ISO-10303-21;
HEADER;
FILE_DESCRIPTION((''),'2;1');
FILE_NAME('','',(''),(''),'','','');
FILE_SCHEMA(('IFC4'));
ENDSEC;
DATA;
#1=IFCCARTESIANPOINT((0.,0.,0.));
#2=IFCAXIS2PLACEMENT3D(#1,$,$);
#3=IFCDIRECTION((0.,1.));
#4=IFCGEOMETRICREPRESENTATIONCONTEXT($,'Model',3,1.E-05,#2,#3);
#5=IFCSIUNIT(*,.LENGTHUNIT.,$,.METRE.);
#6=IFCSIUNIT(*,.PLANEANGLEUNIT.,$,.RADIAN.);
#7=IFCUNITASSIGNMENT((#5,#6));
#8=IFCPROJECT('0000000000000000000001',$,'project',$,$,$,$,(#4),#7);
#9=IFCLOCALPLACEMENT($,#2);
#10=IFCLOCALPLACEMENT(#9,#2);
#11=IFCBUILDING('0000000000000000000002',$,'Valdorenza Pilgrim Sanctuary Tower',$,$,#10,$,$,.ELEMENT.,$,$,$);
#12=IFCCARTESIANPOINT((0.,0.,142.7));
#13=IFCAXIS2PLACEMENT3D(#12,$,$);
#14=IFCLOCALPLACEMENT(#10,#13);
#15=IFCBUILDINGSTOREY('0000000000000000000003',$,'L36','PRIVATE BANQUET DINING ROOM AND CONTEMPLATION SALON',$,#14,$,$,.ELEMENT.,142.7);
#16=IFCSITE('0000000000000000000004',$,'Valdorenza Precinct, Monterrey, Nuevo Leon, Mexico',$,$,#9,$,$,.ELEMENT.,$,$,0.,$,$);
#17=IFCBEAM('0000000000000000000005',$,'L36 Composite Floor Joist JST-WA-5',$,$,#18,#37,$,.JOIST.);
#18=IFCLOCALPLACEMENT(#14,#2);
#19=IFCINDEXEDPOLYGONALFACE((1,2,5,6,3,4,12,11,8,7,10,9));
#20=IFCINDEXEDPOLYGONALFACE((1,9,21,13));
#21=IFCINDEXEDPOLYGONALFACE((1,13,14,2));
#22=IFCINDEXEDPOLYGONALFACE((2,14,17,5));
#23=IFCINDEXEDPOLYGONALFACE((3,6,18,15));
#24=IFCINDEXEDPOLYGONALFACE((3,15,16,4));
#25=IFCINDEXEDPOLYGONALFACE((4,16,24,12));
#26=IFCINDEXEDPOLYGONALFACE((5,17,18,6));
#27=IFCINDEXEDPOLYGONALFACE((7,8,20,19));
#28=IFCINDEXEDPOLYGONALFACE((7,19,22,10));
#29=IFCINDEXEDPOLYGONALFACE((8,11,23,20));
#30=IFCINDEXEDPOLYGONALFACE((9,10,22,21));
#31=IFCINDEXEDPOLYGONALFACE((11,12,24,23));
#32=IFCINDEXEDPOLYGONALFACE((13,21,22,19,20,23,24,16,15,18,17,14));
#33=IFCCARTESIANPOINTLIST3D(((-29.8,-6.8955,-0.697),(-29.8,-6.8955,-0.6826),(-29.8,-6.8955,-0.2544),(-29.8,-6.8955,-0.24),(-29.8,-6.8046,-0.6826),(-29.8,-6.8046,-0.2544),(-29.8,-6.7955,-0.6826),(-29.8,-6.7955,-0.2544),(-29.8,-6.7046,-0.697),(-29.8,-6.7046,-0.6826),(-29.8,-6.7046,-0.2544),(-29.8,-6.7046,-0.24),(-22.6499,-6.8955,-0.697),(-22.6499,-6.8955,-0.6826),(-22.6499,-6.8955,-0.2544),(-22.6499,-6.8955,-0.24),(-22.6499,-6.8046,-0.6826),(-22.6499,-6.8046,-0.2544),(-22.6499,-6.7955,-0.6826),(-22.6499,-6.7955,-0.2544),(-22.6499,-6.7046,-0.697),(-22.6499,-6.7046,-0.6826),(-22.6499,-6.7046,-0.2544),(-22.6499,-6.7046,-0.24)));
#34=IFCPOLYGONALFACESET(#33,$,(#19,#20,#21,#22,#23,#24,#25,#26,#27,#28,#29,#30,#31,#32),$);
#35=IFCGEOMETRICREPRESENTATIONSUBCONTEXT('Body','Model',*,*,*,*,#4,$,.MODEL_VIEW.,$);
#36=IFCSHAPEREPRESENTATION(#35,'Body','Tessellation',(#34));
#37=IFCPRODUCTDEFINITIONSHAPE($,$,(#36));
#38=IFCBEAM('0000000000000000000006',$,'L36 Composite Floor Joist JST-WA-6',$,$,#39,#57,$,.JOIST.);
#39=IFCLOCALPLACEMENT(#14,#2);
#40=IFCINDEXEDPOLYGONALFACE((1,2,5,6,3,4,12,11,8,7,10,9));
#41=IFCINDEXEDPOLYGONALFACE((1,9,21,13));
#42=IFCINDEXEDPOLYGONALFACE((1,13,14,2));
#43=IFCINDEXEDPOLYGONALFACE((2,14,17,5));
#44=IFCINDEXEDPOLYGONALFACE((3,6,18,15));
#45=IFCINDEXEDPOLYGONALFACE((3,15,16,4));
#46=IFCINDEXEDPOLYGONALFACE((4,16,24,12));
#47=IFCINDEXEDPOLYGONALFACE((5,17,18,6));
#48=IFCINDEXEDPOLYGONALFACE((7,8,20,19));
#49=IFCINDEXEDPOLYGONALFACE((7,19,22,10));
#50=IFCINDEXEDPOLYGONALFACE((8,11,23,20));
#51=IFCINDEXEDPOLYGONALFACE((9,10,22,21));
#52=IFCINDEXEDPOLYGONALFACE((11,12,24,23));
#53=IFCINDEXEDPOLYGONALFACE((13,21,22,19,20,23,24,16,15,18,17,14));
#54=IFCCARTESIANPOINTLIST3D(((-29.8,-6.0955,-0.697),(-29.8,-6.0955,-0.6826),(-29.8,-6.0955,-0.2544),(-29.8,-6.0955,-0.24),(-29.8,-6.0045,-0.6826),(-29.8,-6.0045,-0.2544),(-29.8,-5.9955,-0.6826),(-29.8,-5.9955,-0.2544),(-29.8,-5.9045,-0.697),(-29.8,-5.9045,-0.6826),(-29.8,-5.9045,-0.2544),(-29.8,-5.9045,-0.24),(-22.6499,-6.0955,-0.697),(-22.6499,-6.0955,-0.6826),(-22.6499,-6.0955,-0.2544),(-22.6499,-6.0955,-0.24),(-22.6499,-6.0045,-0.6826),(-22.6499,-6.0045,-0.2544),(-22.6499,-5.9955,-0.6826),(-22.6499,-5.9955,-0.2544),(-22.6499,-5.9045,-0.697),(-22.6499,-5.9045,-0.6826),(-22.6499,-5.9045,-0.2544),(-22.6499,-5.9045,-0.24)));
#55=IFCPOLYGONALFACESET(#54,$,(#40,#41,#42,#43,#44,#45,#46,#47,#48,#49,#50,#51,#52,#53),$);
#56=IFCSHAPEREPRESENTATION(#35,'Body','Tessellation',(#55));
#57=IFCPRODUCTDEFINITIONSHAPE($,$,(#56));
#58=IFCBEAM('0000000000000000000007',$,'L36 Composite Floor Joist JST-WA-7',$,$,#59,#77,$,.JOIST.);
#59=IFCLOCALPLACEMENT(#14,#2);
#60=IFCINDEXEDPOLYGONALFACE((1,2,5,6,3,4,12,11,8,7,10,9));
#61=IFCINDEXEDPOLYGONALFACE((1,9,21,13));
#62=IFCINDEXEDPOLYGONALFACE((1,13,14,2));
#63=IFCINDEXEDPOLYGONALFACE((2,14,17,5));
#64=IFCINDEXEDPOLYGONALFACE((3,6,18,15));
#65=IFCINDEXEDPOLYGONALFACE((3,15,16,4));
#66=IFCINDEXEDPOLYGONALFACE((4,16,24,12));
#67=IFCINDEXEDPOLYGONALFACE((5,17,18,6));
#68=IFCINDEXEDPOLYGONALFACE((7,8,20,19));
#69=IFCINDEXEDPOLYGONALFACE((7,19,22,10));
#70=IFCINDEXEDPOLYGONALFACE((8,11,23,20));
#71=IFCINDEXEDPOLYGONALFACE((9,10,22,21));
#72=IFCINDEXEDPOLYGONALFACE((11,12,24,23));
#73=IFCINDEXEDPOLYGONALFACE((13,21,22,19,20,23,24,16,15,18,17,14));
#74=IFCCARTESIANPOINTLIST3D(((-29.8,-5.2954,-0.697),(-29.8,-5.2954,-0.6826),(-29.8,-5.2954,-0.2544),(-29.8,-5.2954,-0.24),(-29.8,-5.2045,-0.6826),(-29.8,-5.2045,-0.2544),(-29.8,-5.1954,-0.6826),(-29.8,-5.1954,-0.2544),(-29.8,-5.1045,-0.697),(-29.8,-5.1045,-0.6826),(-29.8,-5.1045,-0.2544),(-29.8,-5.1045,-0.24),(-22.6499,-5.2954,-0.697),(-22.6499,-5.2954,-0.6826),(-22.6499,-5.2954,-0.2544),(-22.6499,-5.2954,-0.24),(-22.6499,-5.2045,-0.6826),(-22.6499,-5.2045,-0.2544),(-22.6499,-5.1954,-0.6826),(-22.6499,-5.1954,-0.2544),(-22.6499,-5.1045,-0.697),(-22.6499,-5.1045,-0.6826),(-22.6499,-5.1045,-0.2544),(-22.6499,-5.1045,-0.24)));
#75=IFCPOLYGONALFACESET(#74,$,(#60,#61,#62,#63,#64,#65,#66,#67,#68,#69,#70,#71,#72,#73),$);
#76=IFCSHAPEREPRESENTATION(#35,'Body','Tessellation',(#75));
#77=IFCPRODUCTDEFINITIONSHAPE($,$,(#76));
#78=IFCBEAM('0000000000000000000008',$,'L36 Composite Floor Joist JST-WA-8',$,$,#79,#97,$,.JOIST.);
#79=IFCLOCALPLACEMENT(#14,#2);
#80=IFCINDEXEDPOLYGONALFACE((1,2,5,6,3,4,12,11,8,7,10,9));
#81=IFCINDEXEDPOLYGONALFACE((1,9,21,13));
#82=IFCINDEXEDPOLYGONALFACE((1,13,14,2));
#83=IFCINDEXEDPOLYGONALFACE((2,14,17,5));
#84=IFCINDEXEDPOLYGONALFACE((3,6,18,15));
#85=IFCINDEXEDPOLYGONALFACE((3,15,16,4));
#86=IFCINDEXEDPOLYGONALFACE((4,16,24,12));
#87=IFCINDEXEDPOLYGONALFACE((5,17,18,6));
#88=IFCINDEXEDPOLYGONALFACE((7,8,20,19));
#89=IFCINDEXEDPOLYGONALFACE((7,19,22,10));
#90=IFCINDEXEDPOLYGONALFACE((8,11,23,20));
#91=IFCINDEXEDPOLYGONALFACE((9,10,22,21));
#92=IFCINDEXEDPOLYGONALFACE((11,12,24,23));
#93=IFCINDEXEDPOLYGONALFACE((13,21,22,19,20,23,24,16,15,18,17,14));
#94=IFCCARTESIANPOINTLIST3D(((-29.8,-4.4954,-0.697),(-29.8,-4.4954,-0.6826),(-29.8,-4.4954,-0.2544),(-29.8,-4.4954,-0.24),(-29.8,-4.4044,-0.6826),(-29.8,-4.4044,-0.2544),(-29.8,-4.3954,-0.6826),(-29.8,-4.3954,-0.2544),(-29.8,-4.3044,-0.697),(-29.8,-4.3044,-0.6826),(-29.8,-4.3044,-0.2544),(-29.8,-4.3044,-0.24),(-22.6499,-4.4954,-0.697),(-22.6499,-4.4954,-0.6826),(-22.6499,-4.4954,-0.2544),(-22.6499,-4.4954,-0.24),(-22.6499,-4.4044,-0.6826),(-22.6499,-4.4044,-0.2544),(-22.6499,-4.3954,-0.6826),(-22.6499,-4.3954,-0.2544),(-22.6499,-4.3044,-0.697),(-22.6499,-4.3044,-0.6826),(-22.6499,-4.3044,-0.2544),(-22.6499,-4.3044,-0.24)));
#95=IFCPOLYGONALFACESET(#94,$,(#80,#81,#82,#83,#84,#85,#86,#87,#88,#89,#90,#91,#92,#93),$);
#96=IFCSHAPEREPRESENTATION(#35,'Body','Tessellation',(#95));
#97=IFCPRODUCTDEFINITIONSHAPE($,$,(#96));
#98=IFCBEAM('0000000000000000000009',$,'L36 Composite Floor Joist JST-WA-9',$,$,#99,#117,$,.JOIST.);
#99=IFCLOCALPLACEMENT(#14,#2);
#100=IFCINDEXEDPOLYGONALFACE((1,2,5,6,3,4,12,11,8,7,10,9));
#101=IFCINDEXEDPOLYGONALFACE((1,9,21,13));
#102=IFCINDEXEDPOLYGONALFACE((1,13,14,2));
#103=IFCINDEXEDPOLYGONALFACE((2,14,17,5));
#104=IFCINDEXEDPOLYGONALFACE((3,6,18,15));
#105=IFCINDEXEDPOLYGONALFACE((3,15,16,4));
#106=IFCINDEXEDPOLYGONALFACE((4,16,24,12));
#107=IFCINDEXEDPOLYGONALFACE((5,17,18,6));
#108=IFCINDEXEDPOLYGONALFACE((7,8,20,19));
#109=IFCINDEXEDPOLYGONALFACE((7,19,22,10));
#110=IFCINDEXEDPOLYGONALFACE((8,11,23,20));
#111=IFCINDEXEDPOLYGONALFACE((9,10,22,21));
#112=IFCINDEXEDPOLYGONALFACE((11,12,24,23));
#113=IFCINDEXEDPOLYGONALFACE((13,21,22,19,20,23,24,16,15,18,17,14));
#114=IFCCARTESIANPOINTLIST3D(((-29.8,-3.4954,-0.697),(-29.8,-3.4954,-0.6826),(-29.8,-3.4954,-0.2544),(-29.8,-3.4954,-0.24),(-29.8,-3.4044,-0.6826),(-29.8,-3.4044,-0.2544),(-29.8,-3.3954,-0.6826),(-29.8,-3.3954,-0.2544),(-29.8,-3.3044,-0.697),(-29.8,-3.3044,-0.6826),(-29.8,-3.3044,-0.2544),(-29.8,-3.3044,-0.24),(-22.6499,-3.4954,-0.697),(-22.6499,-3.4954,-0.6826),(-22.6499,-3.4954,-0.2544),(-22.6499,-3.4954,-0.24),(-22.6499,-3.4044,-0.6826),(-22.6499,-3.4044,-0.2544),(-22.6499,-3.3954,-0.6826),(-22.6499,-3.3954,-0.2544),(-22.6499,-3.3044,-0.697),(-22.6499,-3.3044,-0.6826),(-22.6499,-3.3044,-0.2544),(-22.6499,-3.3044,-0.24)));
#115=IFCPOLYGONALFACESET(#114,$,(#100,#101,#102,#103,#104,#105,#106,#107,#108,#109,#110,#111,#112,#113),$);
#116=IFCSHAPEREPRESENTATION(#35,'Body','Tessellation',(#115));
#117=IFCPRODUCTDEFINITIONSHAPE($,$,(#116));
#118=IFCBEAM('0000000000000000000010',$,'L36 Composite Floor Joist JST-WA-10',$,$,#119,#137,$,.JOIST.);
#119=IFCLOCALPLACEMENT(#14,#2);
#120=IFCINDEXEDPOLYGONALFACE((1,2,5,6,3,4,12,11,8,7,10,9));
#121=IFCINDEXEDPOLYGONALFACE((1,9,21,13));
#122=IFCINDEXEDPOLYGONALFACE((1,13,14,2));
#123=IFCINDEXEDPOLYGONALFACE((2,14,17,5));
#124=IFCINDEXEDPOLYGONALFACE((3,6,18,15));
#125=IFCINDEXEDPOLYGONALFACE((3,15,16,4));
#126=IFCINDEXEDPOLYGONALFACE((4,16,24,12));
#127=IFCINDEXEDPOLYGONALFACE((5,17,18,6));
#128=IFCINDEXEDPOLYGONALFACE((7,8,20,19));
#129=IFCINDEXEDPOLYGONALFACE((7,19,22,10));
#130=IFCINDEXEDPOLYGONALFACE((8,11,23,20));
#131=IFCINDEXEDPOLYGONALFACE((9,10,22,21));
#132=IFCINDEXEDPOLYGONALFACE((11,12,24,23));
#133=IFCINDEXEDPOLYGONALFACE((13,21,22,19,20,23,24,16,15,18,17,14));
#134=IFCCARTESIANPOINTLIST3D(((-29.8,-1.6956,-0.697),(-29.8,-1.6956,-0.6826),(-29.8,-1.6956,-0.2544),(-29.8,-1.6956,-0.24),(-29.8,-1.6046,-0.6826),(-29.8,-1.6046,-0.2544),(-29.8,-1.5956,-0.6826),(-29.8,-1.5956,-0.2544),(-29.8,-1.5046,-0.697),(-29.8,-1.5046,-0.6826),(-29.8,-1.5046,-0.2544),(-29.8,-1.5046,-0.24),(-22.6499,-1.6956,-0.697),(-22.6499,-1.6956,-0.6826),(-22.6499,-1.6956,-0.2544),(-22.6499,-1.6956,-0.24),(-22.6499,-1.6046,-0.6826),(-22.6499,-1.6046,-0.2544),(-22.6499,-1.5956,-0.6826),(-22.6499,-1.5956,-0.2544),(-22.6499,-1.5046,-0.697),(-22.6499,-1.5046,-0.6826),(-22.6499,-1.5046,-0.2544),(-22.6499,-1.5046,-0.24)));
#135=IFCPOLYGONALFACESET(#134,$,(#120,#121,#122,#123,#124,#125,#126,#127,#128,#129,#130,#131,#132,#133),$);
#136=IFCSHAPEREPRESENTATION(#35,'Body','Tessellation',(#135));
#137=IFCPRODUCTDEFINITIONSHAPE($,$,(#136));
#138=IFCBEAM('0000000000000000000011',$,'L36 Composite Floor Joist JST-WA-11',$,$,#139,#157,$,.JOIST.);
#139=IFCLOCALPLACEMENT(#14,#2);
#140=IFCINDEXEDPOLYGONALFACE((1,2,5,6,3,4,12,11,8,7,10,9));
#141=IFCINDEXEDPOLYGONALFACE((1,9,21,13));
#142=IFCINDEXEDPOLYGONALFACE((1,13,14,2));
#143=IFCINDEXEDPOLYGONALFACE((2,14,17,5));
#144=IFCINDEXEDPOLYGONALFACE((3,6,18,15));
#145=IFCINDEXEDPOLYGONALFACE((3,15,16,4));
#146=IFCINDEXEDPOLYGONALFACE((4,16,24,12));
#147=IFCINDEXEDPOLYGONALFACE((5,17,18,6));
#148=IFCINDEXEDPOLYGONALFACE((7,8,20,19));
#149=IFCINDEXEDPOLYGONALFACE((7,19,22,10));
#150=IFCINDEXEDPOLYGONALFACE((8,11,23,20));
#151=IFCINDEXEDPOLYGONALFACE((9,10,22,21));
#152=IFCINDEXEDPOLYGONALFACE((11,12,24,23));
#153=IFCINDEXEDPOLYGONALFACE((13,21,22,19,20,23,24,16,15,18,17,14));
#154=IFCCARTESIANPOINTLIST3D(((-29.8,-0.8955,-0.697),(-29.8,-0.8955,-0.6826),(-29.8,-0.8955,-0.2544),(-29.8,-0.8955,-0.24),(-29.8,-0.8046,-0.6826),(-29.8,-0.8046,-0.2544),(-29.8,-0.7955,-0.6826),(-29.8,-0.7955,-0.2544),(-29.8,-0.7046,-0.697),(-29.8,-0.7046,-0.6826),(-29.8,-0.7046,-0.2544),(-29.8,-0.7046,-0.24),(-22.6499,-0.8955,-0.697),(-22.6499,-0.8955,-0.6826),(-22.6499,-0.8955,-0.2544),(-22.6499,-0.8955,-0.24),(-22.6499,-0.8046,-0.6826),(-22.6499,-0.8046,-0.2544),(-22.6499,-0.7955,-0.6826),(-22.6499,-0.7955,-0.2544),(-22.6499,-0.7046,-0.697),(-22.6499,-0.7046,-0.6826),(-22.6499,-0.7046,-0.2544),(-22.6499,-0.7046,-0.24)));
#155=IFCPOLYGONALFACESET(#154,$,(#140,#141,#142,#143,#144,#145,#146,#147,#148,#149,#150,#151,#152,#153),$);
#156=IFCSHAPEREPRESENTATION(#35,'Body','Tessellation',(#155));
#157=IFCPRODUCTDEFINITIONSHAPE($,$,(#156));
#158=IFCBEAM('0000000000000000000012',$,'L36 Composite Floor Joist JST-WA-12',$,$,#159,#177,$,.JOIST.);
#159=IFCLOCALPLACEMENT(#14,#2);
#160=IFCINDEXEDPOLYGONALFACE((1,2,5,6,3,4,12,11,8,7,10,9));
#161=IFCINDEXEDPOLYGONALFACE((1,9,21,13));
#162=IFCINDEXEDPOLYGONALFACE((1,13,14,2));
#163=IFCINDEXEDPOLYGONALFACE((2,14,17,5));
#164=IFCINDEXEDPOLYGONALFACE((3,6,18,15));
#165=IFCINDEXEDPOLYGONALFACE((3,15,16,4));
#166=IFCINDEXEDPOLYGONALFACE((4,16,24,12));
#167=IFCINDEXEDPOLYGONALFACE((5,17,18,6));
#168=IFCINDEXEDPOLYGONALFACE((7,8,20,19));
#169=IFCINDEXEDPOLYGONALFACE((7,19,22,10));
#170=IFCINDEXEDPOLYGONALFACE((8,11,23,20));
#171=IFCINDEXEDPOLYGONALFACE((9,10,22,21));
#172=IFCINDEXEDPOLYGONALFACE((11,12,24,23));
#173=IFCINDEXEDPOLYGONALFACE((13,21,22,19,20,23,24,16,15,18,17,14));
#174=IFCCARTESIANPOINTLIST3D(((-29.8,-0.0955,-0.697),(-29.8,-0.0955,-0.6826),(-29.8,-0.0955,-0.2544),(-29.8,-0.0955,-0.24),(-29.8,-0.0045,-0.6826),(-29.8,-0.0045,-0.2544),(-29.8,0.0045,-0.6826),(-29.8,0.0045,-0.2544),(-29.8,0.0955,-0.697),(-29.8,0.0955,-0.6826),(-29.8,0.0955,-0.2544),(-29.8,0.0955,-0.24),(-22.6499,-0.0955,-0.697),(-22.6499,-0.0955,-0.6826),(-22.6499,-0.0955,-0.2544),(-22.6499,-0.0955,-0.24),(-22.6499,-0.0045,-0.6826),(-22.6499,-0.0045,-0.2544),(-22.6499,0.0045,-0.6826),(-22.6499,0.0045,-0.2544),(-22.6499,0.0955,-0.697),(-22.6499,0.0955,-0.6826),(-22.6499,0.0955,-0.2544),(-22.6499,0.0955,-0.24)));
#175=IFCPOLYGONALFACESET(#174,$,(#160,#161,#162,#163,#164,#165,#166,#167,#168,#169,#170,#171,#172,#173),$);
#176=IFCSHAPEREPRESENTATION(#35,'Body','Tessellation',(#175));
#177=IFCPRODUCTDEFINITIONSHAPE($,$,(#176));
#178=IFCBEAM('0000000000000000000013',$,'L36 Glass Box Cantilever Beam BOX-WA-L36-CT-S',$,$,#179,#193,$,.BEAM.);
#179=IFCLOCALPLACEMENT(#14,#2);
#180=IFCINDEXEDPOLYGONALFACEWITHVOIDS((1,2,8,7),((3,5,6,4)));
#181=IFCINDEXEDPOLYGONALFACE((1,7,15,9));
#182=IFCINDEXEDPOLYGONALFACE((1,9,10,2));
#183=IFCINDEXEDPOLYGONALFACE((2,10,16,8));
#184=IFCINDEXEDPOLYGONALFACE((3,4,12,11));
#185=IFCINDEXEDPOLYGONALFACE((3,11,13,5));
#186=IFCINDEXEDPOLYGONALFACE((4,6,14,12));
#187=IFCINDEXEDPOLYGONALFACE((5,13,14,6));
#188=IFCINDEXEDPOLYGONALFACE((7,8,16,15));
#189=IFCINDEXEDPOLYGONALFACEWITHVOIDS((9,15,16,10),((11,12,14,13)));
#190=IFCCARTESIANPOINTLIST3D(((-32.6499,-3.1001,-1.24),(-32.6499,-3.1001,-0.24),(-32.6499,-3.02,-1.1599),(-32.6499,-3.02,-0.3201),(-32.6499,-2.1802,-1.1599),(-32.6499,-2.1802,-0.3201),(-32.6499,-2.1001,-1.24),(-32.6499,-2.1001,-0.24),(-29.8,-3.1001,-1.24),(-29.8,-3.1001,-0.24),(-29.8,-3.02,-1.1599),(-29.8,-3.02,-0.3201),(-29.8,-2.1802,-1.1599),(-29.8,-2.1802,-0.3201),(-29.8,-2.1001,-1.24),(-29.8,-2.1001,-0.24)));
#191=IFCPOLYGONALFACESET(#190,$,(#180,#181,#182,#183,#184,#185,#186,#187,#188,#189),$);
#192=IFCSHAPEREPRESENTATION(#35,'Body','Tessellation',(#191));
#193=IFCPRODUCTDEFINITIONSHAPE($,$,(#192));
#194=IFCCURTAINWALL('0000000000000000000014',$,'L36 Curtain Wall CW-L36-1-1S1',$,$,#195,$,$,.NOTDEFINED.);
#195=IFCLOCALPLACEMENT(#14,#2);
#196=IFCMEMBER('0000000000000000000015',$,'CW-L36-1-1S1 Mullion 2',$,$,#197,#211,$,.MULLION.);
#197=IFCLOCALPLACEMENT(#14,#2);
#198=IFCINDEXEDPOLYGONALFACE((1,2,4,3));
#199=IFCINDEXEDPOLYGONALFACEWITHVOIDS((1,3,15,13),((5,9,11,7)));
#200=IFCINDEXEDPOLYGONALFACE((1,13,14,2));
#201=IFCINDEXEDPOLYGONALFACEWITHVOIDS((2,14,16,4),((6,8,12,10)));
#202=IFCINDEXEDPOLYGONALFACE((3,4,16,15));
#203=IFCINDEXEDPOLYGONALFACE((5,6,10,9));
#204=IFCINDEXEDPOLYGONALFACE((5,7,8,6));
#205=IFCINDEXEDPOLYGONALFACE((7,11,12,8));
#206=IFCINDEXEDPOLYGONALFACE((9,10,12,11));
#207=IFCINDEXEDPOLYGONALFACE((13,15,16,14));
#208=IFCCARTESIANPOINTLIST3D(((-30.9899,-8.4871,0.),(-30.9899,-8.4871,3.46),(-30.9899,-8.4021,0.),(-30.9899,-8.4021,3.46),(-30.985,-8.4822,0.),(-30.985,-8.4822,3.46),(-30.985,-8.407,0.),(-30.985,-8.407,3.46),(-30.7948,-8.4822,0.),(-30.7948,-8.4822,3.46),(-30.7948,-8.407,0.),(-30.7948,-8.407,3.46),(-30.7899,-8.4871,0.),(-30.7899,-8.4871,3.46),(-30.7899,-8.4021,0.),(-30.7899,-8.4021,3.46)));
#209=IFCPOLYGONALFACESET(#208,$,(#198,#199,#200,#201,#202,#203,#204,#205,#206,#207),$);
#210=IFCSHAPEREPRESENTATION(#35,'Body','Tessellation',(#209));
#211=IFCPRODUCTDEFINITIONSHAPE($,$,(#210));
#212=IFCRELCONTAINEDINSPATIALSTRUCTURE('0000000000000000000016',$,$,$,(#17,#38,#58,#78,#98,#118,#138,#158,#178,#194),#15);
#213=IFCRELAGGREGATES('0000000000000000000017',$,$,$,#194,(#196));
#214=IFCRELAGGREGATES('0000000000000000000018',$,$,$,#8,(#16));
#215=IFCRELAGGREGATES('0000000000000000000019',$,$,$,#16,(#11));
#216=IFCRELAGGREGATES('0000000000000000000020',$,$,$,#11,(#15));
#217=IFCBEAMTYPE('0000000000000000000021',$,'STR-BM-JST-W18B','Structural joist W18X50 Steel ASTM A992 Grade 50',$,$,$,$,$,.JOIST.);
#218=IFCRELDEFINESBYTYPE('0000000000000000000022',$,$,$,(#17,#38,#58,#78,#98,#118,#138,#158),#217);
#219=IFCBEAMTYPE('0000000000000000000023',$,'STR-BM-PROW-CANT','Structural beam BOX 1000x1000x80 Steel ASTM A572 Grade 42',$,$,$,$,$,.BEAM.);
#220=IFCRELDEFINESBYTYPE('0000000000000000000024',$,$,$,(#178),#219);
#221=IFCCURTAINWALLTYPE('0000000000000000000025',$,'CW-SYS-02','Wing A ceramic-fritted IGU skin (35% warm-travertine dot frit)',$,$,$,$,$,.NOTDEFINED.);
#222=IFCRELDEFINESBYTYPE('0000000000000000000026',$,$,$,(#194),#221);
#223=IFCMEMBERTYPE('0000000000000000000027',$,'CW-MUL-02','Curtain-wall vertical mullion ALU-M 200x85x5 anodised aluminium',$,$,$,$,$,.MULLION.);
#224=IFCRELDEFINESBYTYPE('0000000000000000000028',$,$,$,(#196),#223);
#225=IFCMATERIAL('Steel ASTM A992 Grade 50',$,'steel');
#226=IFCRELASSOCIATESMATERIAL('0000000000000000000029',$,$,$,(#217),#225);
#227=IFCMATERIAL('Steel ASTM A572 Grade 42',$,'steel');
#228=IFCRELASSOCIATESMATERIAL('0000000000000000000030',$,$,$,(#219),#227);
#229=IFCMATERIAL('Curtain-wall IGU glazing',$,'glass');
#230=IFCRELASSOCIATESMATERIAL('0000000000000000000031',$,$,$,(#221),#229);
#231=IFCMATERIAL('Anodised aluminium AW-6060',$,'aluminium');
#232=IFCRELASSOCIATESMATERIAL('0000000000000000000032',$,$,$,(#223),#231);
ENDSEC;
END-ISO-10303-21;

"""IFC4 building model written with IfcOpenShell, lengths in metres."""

from ifc_helpers import new_model, si_unit, direction, frame, origin, origin_2d, place, context, subcontext, project, spatial, hollow_rectangle, i_section, extrude, source, transform, mapped, material, material_profile, profile_set, type_object, element, aggregate, save


model = new_model("IFC4")

# Units and contexts
model_context = context("Model", 3, precision=1e-05, world=origin(), true_north=direction((0.0, 1.0)))
body_context = subcontext(model_context, "Body", "Model", "MODEL_VIEW")
ifc_project = project(units=[si_unit("LENGTHUNIT", "METRE"), si_unit("PLANEANGLEUNIT", "RADIAN")], contexts=[model_context])

# Site, building, storey
site_placement = place(None, origin())
site = spatial("IfcSite", under=ifc_project, at=site_placement, Name="Valdorenza Precinct, Monterrey, Nuevo Leon, Mexico", CompositionType="ELEMENT", RefElevation=0.0)
building_placement = place(site_placement, origin())
building = spatial("IfcBuilding", under=site, at=building_placement, Name="Valdorenza Pilgrim Sanctuary Tower", CompositionType="ELEMENT")
storey_placement = place(building_placement, frame((0.0, 0.0, 142.7)))
storey = spatial("IfcBuildingStorey", under=building, at=storey_placement, Name="L36", Description="PRIVATE BANQUET DINING ROOM AND CONTEMPLATION SALON", CompositionType="ELEMENT", Elevation=142.7)

# Beams
ifc_material_1 = material(Name="Steel ASTM A992 Grade 50", Category="steel")
ifc_material_profile_1 = material_profile(ifc_material_1, i_section(OverallWidth=0.1909, OverallDepth=0.457, WebThickness=0.009, FlangeThickness=0.0144, at=origin_2d()), Name="W18X50")
ifc_profile_set_1 = profile_set([ifc_material_profile_1], Name="Steel ASTM A992 Grade 50")
beam_type_1 = type_object("IfcBeamType", Name="STR-BM-JST-W18B", Description="Structural joist W18X50 Steel ASTM A992 Grade 50", PredefinedType="JOIST", material=ifc_profile_set_1)
shared_shape_1 = source(origin(), body_context, "Body", "SweptSolid", [
    extrude(i_section(OverallWidth=0.1909, OverallDepth=0.457, WebThickness=0.009, FlangeThickness=0.0144, at=origin_2d()), origin(), (0.0, 0.0, 1.0), 7.1501),
])
for number, where, z_axis, x_axis, name in (
    (1, (-29.8, -6.8, -0.4685), (1.0, 0.0, 0.0), (0.0, 1.0, 0.0), "L36 Composite Floor Joist JST-WA-5"),
    (2, (-29.8, -6.0, -0.4685), (1.0, 0.0, 0.0), (0.0, 1.0, 0.0), "L36 Composite Floor Joist JST-WA-6"),
    (3, (-29.8, -5.2, -0.4685), (1.0, 0.0, 0.0), (0.0, 1.0, 0.0), "L36 Composite Floor Joist JST-WA-7"),
    (4, (-29.8, -4.3999, -0.4685), (1.0, 0.0, 0.0), (0.0, 1.0, 0.0), "L36 Composite Floor Joist JST-WA-8"),
    (5, (-29.8, -3.3999, -0.4685), (1.0, 0.0, 0.0), (0.0, 1.0, 0.0), "L36 Composite Floor Joist JST-WA-9"),
    (6, (-29.8, -1.6001, -0.4685), (1.0, 0.0, 0.0), (0.0, 1.0, 0.0), "L36 Composite Floor Joist JST-WA-10"),
    (7, (-29.8, -0.8, -0.4685), (1.0, 0.0, 0.0), (0.0, 1.0, 0.0), "L36 Composite Floor Joist JST-WA-11"),
    (8, (-29.8, 0.0, -0.4685), (1.0, 0.0, 0.0), (0.0, 1.0, 0.0), "L36 Composite Floor Joist JST-WA-12"),
):
    element("IfcBeam", number, at=place(storey_placement, frame(where, z_axis=z_axis, x_axis=x_axis)), inside=storey, type_object=beam_type_1, Name=name, PredefinedType="JOIST", context=body_context, shape_type="MappedRepresentation", body=[
        mapped(shared_shape_1, transform((0.0, 0.0, 0.0), x_axis=(1.0, 0.0, 0.0), y_axis=(0.0, 1.0, 0.0), z_axis=(0.0, 0.0, 1.0), scale=1.0)),
    ])
ifc_material_2 = material(Name="Steel ASTM A572 Grade 42", Category="steel")
ifc_material_profile_2 = material_profile(ifc_material_2, hollow_rectangle(XDim=1.0, YDim=1.0, WallThickness=0.0801, at=origin_2d()), Name="BOX 1000x1000x80")
ifc_profile_set_2 = profile_set([ifc_material_profile_2], Name="Steel ASTM A572 Grade 42")
beam_type_2 = type_object("IfcBeamType", Name="STR-BM-PROW-CANT", Description="Structural beam BOX 1000x1000x80 Steel ASTM A572 Grade 42", PredefinedType="BEAM", material=ifc_profile_set_2)
shared_shape_2 = source(origin(), body_context, "Body", "SweptSolid", [
    extrude(hollow_rectangle(XDim=1.0, YDim=1.0, WallThickness=0.0801, at=origin_2d()), origin(), (0.0, 0.0, 1.0), 2.8499),
])
beam_1_placement = place(storey_placement, frame((-29.8, -2.6001, -0.74), z_axis=(-1.0, 0.0, 0.0), x_axis=(0.0, -1.0, 0.0)))
element("IfcBeam", 9, at=beam_1_placement, inside=storey, type_object=beam_type_2, Name="L36 Glass Box Cantilever Beam BOX-WA-L36-CT-S", PredefinedType="BEAM", context=body_context, shape_type="MappedRepresentation", body=[
    mapped(shared_shape_2, transform((0.0, 0.0, 0.0), x_axis=(1.0, 0.0, 0.0), y_axis=(0.0, 1.0, 0.0), z_axis=(0.0, 0.0, 1.0), scale=1.0)),
])

# Curtain wall, member
ifc_material_3 = material(Name="Curtain-wall IGU glazing", Category="glass")
curtain_wall_type = type_object("IfcCurtainWallType", Name="CW-SYS-02", Description="Wing A ceramic-fritted IGU skin (35% warm-travertine dot frit)", PredefinedType="NOTDEFINED", material=ifc_material_3)
curtain_wall_1_placement = place(storey_placement, origin())
curtain_wall_1 = element("IfcCurtainWall", 10, at=curtain_wall_1_placement, inside=storey, type_object=curtain_wall_type, Name="L36 Curtain Wall CW-L36-1-1S1", PredefinedType="NOTDEFINED")
ifc_material_4 = material(Name="Anodised aluminium AW-6060", Category="aluminium")
ifc_material_profile_3 = material_profile(ifc_material_4, hollow_rectangle(XDim=0.085, YDim=0.2, WallThickness=0.0049, at=origin_2d()), Name="ALU-M 200x85x5")
ifc_profile_set_3 = profile_set([ifc_material_profile_3], Name="Anodised aluminium AW-6060")
member_type_1 = type_object("IfcMemberType", Name="CW-MUL-02", Description="Curtain-wall vertical mullion ALU-M 200x85x5 anodised aluminium", PredefinedType="MULLION", material=ifc_profile_set_3)
shared_shape_3 = source(origin(), body_context, "Body", "SweptSolid", [
    extrude(hollow_rectangle(XDim=0.085, YDim=0.2, WallThickness=0.0049, at=origin_2d()), origin(), (0.0, 0.0, 1.0), 3.46),
])
member_1_placement = place(storey_placement, frame((-30.8899, -8.4446, 0.0), z_axis=(0.0, 0.0, 1.0), x_axis=(0.0, 1.0, 0.0)))
member_1 = element("IfcMember", 11, at=member_1_placement, type_object=member_type_1, Name="CW-L36-1-1S1 Mullion 2", PredefinedType="MULLION", context=body_context, shape_type="MappedRepresentation", body=[
    mapped(shared_shape_3, transform((0.0, 0.0, 0.0), x_axis=(1.0, 0.0, 0.0), y_axis=(0.0, 1.0, 0.0), z_axis=(0.0, 0.0, 1.0), scale=1.0)),
])

aggregate(curtain_wall_1, [member_1])

save(model, "model.ifc")
